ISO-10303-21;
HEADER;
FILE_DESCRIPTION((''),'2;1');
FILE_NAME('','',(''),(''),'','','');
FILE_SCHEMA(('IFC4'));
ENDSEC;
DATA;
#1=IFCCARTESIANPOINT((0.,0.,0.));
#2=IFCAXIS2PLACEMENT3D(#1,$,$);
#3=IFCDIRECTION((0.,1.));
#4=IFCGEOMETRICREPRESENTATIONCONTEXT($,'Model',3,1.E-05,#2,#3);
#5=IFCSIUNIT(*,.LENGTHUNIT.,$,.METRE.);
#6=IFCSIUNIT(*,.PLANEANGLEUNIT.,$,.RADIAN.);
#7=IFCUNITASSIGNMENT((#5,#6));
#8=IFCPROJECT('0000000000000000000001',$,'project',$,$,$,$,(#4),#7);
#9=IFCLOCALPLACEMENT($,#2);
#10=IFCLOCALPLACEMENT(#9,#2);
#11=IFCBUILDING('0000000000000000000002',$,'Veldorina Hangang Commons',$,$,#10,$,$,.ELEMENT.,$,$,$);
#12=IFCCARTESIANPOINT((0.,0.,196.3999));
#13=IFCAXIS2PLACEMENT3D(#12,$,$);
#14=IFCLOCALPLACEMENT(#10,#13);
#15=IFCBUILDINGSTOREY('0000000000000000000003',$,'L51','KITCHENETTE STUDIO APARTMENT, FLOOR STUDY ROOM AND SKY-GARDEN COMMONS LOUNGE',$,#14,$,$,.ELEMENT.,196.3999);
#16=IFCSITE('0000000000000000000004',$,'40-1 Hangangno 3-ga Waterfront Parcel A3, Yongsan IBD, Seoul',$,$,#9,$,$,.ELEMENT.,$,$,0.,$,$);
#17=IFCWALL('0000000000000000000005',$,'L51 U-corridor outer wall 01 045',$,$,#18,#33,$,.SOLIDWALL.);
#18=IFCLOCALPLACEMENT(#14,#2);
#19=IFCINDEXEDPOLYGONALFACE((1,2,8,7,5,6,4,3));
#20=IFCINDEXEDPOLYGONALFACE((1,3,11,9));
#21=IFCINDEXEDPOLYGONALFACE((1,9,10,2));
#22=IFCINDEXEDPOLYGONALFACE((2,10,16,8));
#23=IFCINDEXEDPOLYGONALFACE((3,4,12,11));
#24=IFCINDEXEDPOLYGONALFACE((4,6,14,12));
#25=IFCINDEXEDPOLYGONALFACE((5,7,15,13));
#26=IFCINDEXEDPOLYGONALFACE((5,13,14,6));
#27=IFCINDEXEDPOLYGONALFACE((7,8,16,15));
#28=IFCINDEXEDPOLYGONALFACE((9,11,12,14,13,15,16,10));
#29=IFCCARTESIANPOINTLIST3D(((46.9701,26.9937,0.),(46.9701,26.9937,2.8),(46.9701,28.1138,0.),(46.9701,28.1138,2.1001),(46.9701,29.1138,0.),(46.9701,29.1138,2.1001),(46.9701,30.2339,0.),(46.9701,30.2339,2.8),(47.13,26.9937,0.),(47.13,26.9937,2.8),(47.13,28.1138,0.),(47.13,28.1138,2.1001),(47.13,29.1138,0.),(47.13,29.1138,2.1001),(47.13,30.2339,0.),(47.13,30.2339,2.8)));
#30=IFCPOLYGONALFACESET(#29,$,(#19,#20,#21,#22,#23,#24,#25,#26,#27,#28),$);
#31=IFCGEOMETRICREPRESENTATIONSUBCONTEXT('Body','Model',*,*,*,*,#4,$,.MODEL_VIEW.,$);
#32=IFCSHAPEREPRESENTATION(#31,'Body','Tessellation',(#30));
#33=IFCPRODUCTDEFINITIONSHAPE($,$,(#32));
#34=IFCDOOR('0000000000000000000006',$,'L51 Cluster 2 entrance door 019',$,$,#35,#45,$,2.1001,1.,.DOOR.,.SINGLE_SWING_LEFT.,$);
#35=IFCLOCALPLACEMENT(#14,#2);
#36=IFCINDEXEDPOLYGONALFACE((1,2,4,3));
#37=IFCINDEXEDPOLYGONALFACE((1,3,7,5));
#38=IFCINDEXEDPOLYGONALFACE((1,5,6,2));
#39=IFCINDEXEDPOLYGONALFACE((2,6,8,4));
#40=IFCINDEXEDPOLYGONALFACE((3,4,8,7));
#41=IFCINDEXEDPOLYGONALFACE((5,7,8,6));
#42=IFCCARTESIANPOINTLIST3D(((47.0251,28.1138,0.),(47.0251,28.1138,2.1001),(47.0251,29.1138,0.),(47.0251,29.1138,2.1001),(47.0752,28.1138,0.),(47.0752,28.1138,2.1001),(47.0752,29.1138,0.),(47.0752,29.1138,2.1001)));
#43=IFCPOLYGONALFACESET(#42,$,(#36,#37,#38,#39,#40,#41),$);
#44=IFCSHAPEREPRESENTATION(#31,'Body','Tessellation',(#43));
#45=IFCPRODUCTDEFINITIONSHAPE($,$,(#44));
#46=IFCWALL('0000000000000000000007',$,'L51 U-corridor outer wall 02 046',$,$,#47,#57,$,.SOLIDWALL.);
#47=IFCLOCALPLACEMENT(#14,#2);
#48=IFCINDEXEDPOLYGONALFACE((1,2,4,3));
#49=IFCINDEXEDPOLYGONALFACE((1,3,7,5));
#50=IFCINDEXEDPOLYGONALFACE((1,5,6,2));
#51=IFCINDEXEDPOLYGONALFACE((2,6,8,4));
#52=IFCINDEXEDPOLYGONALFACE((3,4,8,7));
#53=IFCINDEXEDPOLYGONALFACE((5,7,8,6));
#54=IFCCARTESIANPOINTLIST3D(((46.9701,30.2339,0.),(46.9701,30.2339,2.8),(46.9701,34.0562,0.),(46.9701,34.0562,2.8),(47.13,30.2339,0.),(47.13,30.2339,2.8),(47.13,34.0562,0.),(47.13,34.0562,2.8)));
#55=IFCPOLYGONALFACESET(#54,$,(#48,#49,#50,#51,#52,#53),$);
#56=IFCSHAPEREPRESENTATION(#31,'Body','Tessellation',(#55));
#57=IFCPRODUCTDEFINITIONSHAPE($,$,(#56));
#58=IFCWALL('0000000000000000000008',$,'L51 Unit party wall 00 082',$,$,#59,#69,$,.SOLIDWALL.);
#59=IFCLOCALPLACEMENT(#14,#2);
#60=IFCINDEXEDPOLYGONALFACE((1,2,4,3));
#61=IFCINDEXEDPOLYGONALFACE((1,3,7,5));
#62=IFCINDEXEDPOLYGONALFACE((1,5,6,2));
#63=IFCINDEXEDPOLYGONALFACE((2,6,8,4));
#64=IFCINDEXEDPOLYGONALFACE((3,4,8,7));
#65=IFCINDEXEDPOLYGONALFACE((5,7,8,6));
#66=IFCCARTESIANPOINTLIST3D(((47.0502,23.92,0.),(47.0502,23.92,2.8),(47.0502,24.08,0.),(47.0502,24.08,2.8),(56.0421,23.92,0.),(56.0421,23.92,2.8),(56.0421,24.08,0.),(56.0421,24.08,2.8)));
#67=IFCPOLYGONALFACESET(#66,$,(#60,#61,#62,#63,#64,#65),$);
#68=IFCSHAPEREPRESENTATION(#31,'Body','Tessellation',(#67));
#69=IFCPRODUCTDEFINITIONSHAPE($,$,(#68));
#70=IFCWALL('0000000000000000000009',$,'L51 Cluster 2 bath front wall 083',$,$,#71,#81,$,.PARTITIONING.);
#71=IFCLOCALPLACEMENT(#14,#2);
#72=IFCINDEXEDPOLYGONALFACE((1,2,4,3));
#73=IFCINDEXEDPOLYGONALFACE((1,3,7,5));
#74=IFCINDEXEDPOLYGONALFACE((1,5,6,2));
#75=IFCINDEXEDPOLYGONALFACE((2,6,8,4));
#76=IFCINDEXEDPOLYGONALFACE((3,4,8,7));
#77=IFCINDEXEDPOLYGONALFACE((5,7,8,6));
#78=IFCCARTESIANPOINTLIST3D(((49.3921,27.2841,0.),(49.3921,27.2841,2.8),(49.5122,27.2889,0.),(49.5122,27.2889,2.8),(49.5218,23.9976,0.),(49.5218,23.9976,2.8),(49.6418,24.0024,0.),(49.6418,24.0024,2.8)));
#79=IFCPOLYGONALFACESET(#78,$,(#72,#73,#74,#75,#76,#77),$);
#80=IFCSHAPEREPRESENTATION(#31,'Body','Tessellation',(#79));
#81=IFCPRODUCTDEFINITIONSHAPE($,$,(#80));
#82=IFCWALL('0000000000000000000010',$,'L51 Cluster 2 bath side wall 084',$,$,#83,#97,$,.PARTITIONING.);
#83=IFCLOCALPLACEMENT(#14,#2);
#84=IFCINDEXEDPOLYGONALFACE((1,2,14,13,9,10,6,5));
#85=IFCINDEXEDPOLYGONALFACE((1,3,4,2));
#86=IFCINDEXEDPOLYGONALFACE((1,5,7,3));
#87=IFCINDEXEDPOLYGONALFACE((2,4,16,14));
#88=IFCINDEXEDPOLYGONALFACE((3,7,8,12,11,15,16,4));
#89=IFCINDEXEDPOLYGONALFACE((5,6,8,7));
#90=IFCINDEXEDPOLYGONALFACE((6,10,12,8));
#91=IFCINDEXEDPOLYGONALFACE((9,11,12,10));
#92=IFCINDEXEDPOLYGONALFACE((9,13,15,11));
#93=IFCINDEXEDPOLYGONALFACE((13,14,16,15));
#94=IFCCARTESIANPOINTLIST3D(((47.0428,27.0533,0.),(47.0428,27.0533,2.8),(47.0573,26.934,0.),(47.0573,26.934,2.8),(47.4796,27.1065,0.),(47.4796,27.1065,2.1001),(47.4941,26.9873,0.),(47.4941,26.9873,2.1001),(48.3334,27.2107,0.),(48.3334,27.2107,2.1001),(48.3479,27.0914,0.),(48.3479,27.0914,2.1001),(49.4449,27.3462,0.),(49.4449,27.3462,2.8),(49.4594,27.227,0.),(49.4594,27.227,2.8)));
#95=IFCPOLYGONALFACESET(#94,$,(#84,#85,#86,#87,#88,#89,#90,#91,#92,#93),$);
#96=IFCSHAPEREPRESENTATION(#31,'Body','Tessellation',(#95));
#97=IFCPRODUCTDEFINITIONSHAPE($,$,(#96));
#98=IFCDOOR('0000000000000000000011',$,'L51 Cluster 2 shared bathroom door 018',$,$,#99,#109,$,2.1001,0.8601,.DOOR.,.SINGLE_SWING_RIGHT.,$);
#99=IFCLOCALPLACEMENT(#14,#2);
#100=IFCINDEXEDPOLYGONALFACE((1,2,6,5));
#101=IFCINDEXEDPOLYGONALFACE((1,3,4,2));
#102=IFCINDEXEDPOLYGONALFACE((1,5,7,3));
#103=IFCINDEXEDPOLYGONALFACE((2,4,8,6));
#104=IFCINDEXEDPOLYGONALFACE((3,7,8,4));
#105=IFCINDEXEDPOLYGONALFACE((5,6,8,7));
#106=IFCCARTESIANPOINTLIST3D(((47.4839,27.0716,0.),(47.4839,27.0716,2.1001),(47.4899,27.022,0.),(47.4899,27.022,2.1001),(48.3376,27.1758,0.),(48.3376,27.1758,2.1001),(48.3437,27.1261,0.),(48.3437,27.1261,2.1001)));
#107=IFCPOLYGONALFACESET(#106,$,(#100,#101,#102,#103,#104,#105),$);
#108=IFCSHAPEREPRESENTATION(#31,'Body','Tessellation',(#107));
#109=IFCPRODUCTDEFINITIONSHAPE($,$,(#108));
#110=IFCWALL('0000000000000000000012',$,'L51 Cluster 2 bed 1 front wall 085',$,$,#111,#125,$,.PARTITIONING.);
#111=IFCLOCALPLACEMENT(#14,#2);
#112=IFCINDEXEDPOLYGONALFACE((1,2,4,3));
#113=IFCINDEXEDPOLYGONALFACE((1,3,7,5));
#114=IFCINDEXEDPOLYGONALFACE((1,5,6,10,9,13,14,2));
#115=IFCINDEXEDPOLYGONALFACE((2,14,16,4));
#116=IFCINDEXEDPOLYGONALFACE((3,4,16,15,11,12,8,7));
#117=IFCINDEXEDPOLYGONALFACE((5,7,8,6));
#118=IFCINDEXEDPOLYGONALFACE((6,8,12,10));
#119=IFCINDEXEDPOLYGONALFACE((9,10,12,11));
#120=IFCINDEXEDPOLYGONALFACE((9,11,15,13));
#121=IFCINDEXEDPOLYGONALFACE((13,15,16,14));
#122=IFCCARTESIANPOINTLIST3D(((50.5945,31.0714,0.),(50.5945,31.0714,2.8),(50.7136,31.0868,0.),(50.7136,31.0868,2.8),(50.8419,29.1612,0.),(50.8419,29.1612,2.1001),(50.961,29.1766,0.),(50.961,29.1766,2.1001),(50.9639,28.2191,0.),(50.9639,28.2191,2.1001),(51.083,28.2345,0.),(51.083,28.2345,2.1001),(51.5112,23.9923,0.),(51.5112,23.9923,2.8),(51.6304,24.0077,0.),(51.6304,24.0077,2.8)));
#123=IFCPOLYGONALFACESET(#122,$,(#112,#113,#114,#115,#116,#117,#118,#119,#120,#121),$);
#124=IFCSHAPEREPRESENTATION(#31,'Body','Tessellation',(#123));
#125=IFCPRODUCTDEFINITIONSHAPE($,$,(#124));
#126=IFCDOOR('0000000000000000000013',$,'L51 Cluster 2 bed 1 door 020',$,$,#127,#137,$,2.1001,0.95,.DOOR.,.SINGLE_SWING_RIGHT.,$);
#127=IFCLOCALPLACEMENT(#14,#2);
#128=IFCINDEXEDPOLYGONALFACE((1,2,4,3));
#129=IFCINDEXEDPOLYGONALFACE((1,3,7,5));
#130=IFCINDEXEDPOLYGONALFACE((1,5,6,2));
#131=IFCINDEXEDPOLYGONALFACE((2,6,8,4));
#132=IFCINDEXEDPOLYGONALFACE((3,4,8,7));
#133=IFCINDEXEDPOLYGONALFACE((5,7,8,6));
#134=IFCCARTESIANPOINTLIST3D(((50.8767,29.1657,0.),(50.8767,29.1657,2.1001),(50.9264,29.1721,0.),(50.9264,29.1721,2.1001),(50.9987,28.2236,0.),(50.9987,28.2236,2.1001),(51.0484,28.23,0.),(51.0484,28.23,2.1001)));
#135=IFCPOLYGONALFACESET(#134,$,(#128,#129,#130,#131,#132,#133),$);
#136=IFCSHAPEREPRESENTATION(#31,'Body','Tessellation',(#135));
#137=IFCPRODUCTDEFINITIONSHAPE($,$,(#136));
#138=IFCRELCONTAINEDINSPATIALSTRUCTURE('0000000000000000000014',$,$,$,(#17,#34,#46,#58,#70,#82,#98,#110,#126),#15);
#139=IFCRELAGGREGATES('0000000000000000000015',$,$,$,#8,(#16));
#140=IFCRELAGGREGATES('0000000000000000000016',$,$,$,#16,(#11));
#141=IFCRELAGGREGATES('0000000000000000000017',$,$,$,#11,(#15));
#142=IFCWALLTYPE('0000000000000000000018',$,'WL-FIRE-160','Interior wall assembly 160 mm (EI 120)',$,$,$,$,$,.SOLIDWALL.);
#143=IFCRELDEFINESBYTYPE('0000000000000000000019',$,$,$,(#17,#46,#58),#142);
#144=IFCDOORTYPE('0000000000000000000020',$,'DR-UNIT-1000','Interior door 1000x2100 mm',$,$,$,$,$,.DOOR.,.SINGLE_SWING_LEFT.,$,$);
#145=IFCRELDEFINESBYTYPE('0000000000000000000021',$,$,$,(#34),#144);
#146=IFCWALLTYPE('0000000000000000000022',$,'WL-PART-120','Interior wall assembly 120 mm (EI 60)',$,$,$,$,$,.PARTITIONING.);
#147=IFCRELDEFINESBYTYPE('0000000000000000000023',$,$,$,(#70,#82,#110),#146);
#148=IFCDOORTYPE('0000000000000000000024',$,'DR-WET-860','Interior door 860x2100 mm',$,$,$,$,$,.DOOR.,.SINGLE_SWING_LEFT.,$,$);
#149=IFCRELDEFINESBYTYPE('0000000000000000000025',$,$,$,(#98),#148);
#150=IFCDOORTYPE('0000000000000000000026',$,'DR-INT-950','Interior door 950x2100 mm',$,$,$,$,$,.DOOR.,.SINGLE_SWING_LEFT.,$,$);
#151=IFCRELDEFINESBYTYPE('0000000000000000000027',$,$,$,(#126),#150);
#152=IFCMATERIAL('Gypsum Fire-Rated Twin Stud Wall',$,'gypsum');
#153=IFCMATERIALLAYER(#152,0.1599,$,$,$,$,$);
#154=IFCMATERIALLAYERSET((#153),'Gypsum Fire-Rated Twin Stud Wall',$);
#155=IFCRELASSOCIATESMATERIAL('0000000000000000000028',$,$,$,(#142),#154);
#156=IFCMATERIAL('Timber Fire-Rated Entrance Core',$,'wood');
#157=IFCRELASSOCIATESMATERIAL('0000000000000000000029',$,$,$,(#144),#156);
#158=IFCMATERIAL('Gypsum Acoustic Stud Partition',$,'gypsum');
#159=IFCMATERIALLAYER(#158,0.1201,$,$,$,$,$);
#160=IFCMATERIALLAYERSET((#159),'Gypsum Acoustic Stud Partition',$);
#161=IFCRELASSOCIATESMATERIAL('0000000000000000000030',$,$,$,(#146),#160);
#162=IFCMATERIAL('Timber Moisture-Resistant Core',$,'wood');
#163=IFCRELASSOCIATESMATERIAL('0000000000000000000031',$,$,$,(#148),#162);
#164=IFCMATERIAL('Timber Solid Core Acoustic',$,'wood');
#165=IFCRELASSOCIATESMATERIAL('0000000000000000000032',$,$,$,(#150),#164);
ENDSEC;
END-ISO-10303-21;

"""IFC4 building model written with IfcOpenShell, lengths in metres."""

from ifc_helpers import new_model, si_unit, direction, frame, frame_2d, origin, place, context, subcontext, project, spatial, rectangle, extrude, material, layer, layer_set, type_object, element, fill, save


model = new_model("IFC4")

# Units and contexts
model_context = context("Model", 3, precision=1e-05, world=origin(), true_north=direction((0.0, 1.0)))
body_context = subcontext(model_context, "Body", "Model", "MODEL_VIEW")
ifc_project = project(units=[si_unit("LENGTHUNIT", "METRE"), si_unit("PLANEANGLEUNIT", "RADIAN")], contexts=[model_context])

# Site, building, storey
site_placement = place(None, origin())
site = spatial("IfcSite", under=ifc_project, at=site_placement, Name="40-1 Hangangno 3-ga Waterfront Parcel A3, Yongsan IBD, Seoul", CompositionType="ELEMENT", RefElevation=0.0)
building_placement = place(site_placement, origin())
building = spatial("IfcBuilding", under=site, at=building_placement, Name="Veldorina Hangang Commons", CompositionType="ELEMENT")
storey_placement = place(building_placement, frame((0.0, 0.0, 196.3999)))
storey = spatial("IfcBuildingStorey", under=building, at=storey_placement, Name="L51", Description="KITCHENETTE STUDIO APARTMENT, FLOOR STUDY ROOM AND SKY-GARDEN COMMONS LOUNGE", CompositionType="ELEMENT", Elevation=196.3999)

# Wall, opening, door
ifc_material_1 = material(Name="Gypsum Fire-Rated Twin Stud Wall", Category="gypsum")
ifc_layer_1 = layer(ifc_material_1, 0.1599)
ifc_layer_set_1 = layer_set([ifc_layer_1], Name="Gypsum Fire-Rated Twin Stud Wall")
wall_type_1 = type_object("IfcWallType", Name="WL-FIRE-160", Description="Interior wall assembly 160 mm (EI 120)", PredefinedType="SOLIDWALL", material=ifc_layer_set_1)
wall_1_placement = place(storey_placement, frame((47.05, 26.9937, 0.0), z_axis=(0.0, 0.0, 1.0), x_axis=(0.0, 1.0, 0.0)))
wall_1 = element("IfcWall", 1, at=wall_1_placement, inside=storey, type_object=wall_type_1, Name="L51 U-corridor outer wall 01 045", PredefinedType="SOLIDWALL", context=body_context, shape_type="SweptSolid", body=[
    extrude(rectangle(XDim=3.2402, YDim=0.1599, at=frame_2d((1.6201, 0.0))), origin(), (0.0, 0.0, 1.0), 2.8),
])
opening_1_placement = place(wall_1_placement, frame((1.1201, 0.0, 0.0)))
opening_1 = element("IfcOpeningElement", 2, at=opening_1_placement, cuts=wall_1, PredefinedType="OPENING", context=body_context, shape_type="SweptSolid", body=[
    extrude(rectangle(XDim=1.0, YDim=2.1001, at=frame_2d((0.5, 1.05))), frame((0.0, 0.0898, 0.0), z_axis=(0.0, -1.0, 0.0), x_axis=(1.0, 0.0, 0.0)), (0.0, 0.0, 1.0), 0.1799),
])
ifc_material_2 = material(Name="Timber Fire-Rated Entrance Core", Category="wood")
door_type_1 = type_object("IfcDoorType", Name="DR-UNIT-1000", Description="Interior door 1000x2100 mm", OperationType="SINGLE_SWING_LEFT", PredefinedType="DOOR", material=ifc_material_2)
door_1_placement = place(opening_1_placement, origin())
door_1 = element("IfcDoor", 3, at=door_1_placement, inside=storey, type_object=door_type_1, Name="L51 Cluster 2 entrance door 019", OperationType="SINGLE_SWING_LEFT", OverallHeight=2.1001, OverallWidth=1.0, PredefinedType="DOOR", context=body_context, shape_type="SweptSolid", body=[
    extrude(rectangle(XDim=1.0, YDim=2.1001, at=frame_2d((0.5, 1.05))), frame((0.0, 0.0249, 0.0), z_axis=(0.0, -1.0, 0.0), x_axis=(1.0, 0.0, 0.0)), (0.0, 0.0, 1.0), 0.05),
])
fill(opening_1, door_1)

# Walls
wall_2_placement = place(storey_placement, frame((47.05, 30.2339, 0.0), z_axis=(0.0, 0.0, 1.0), x_axis=(0.0, 1.0, 0.0)))
element("IfcWall", 4, at=wall_2_placement, inside=storey, type_object=wall_type_1, Name="L51 U-corridor outer wall 02 046", PredefinedType="SOLIDWALL", context=body_context, shape_type="SweptSolid", body=[
    extrude(rectangle(XDim=3.8223, YDim=0.1599, at=frame_2d((1.9111, 0.0))), origin(), (0.0, 0.0, 1.0), 2.8),
])
wall_3_placement = place(storey_placement, frame((47.05, 24.0, 0.0), z_axis=(0.0, 0.0, 1.0), x_axis=(1.0, 0.0, 0.0)))
element("IfcWall", 5, at=wall_3_placement, inside=storey, type_object=wall_type_1, Name="L51 Unit party wall 00 082", PredefinedType="SOLIDWALL", context=body_context, shape_type="SweptSolid", body=[
    extrude(rectangle(XDim=8.9919, YDim=0.1599, at=frame_2d((4.4961, 0.0))), origin(), (0.0, 0.0, 1.0), 2.8),
])
ifc_material_3 = material(Name="Gypsum Acoustic Stud Partition", Category="gypsum")
ifc_layer_2 = layer(ifc_material_3, 0.1201)
ifc_layer_set_2 = layer_set([ifc_layer_2], Name="Gypsum Acoustic Stud Partition")
wall_type_2 = type_object("IfcWallType", Name="WL-PART-120", Description="Interior wall assembly 120 mm (EI 60)", PredefinedType="PARTITIONING", material=ifc_layer_set_2)
wall_4_placement = place(storey_placement, frame((49.5818, 24.0, 0.0), z_axis=(0.0, 0.0, 1.0), x_axis=(-0.039414, 0.999223, 0.0)))
element("IfcWall", 6, at=wall_4_placement, inside=storey, type_object=wall_type_2, Name="L51 Cluster 2 bath front wall 083", PredefinedType="PARTITIONING", context=body_context, shape_type="SweptSolid", body=[
    extrude(rectangle(XDim=3.2891, YDim=0.1201, at=frame_2d((1.6445, 0.0))), origin(), (0.0, 0.0, 1.0), 2.8),
])

# Walls, openings, doors
wall_5_placement = place(storey_placement, frame((47.05, 26.9937, 0.0), z_axis=(0.0, 0.0, 1.0), x_axis=(0.992644, 0.121066, 0.0)))
wall_5 = element("IfcWall", 7, at=wall_5_placement, inside=storey, type_object=wall_type_2, Name="L51 Cluster 2 bath side wall 084", PredefinedType="PARTITIONING", context=body_context, shape_type="SweptSolid", body=[
    extrude(rectangle(XDim=2.4199, YDim=0.1201, at=frame_2d((1.21, 0.0))), origin(), (0.0, 0.0, 1.0), 2.8),
])
opening_2_placement = place(wall_5_placement, frame((0.4399, 0.0, 0.0)))
opening_2 = element("IfcOpeningElement", 8, at=opening_2_placement, cuts=wall_5, PredefinedType="OPENING", context=body_context, shape_type="SweptSolid", body=[
    extrude(rectangle(XDim=0.8601, YDim=2.1001, at=frame_2d((0.4302, 1.05))), frame((0.0, 0.0701, 0.0), z_axis=(0.0, -1.0, 0.0), x_axis=(1.0, 0.0, 0.0)), (0.0, 0.0, 1.0), 0.1401),
])
ifc_material_4 = material(Name="Timber Moisture-Resistant Core", Category="wood")
door_type_2 = type_object("IfcDoorType", Name="DR-WET-860", Description="Interior door 860x2100 mm", OperationType="SINGLE_SWING_LEFT", PredefinedType="DOOR", material=ifc_material_4)
door_2_placement = place(opening_2_placement, origin())
door_2 = element("IfcDoor", 9, at=door_2_placement, inside=storey, type_object=door_type_2, Name="L51 Cluster 2 shared bathroom door 018", OperationType="SINGLE_SWING_RIGHT", OverallHeight=2.1001, OverallWidth=0.8601, PredefinedType="DOOR", context=body_context, shape_type="SweptSolid", body=[
    extrude(rectangle(XDim=0.8601, YDim=2.1001, at=frame_2d((0.4302, 1.05))), frame((0.0, 0.0249, 0.0), z_axis=(0.0, -1.0, 0.0), x_axis=(1.0, 0.0, 0.0)), (0.0, 0.0, 1.0), 0.05),
])
fill(opening_2, door_2)
wall_6_placement = place(storey_placement, frame((51.5708, 24.0, 0.0), z_axis=(0.0, 0.0, 1.0), x_axis=(-0.128428, 0.991719, 0.0)))
wall_6 = element("IfcWall", 10, at=wall_6_placement, inside=storey, type_object=wall_type_2, Name="L51 Cluster 2 bed 1 front wall 085", PredefinedType="PARTITIONING", context=body_context, shape_type="SweptSolid", body=[
    extrude(rectangle(XDim=7.1382, YDim=0.1201, at=frame_2d((3.5691, 0.0))), origin(), (0.0, 0.0, 1.0), 2.8),
])
opening_3_placement = place(wall_6_placement, frame((4.262, 0.0, 0.0)))
opening_3 = element("IfcOpeningElement", 11, at=opening_3_placement, cuts=wall_6, PredefinedType="OPENING", context=body_context, shape_type="SweptSolid", body=[
    extrude(rectangle(XDim=0.95, YDim=2.1001, at=frame_2d((0.4751, 1.05))), frame((0.0, 0.0701, 0.0), z_axis=(0.0, -1.0, 0.0), x_axis=(1.0, 0.0, 0.0)), (0.0, 0.0, 1.0), 0.1401),
])
ifc_material_5 = material(Name="Timber Solid Core Acoustic", Category="wood")
door_type_3 = type_object("IfcDoorType", Name="DR-INT-950", Description="Interior door 950x2100 mm", OperationType="SINGLE_SWING_LEFT", PredefinedType="DOOR", material=ifc_material_5)
door_3_placement = place(opening_3_placement, origin())
door_3 = element("IfcDoor", 12, at=door_3_placement, inside=storey, type_object=door_type_3, Name="L51 Cluster 2 bed 1 door 020", OperationType="SINGLE_SWING_RIGHT", OverallHeight=2.1001, OverallWidth=0.95, PredefinedType="DOOR", context=body_context, shape_type="SweptSolid", body=[
    extrude(rectangle(XDim=0.95, YDim=2.1001, at=frame_2d((0.4751, 1.05))), frame((0.0, 0.0249, 0.0), z_axis=(0.0, -1.0, 0.0), x_axis=(1.0, 0.0, 0.0)), (0.0, 0.0, 1.0), 0.05),
])
fill(opening_3, door_3)

save(model, "model.ifc")
